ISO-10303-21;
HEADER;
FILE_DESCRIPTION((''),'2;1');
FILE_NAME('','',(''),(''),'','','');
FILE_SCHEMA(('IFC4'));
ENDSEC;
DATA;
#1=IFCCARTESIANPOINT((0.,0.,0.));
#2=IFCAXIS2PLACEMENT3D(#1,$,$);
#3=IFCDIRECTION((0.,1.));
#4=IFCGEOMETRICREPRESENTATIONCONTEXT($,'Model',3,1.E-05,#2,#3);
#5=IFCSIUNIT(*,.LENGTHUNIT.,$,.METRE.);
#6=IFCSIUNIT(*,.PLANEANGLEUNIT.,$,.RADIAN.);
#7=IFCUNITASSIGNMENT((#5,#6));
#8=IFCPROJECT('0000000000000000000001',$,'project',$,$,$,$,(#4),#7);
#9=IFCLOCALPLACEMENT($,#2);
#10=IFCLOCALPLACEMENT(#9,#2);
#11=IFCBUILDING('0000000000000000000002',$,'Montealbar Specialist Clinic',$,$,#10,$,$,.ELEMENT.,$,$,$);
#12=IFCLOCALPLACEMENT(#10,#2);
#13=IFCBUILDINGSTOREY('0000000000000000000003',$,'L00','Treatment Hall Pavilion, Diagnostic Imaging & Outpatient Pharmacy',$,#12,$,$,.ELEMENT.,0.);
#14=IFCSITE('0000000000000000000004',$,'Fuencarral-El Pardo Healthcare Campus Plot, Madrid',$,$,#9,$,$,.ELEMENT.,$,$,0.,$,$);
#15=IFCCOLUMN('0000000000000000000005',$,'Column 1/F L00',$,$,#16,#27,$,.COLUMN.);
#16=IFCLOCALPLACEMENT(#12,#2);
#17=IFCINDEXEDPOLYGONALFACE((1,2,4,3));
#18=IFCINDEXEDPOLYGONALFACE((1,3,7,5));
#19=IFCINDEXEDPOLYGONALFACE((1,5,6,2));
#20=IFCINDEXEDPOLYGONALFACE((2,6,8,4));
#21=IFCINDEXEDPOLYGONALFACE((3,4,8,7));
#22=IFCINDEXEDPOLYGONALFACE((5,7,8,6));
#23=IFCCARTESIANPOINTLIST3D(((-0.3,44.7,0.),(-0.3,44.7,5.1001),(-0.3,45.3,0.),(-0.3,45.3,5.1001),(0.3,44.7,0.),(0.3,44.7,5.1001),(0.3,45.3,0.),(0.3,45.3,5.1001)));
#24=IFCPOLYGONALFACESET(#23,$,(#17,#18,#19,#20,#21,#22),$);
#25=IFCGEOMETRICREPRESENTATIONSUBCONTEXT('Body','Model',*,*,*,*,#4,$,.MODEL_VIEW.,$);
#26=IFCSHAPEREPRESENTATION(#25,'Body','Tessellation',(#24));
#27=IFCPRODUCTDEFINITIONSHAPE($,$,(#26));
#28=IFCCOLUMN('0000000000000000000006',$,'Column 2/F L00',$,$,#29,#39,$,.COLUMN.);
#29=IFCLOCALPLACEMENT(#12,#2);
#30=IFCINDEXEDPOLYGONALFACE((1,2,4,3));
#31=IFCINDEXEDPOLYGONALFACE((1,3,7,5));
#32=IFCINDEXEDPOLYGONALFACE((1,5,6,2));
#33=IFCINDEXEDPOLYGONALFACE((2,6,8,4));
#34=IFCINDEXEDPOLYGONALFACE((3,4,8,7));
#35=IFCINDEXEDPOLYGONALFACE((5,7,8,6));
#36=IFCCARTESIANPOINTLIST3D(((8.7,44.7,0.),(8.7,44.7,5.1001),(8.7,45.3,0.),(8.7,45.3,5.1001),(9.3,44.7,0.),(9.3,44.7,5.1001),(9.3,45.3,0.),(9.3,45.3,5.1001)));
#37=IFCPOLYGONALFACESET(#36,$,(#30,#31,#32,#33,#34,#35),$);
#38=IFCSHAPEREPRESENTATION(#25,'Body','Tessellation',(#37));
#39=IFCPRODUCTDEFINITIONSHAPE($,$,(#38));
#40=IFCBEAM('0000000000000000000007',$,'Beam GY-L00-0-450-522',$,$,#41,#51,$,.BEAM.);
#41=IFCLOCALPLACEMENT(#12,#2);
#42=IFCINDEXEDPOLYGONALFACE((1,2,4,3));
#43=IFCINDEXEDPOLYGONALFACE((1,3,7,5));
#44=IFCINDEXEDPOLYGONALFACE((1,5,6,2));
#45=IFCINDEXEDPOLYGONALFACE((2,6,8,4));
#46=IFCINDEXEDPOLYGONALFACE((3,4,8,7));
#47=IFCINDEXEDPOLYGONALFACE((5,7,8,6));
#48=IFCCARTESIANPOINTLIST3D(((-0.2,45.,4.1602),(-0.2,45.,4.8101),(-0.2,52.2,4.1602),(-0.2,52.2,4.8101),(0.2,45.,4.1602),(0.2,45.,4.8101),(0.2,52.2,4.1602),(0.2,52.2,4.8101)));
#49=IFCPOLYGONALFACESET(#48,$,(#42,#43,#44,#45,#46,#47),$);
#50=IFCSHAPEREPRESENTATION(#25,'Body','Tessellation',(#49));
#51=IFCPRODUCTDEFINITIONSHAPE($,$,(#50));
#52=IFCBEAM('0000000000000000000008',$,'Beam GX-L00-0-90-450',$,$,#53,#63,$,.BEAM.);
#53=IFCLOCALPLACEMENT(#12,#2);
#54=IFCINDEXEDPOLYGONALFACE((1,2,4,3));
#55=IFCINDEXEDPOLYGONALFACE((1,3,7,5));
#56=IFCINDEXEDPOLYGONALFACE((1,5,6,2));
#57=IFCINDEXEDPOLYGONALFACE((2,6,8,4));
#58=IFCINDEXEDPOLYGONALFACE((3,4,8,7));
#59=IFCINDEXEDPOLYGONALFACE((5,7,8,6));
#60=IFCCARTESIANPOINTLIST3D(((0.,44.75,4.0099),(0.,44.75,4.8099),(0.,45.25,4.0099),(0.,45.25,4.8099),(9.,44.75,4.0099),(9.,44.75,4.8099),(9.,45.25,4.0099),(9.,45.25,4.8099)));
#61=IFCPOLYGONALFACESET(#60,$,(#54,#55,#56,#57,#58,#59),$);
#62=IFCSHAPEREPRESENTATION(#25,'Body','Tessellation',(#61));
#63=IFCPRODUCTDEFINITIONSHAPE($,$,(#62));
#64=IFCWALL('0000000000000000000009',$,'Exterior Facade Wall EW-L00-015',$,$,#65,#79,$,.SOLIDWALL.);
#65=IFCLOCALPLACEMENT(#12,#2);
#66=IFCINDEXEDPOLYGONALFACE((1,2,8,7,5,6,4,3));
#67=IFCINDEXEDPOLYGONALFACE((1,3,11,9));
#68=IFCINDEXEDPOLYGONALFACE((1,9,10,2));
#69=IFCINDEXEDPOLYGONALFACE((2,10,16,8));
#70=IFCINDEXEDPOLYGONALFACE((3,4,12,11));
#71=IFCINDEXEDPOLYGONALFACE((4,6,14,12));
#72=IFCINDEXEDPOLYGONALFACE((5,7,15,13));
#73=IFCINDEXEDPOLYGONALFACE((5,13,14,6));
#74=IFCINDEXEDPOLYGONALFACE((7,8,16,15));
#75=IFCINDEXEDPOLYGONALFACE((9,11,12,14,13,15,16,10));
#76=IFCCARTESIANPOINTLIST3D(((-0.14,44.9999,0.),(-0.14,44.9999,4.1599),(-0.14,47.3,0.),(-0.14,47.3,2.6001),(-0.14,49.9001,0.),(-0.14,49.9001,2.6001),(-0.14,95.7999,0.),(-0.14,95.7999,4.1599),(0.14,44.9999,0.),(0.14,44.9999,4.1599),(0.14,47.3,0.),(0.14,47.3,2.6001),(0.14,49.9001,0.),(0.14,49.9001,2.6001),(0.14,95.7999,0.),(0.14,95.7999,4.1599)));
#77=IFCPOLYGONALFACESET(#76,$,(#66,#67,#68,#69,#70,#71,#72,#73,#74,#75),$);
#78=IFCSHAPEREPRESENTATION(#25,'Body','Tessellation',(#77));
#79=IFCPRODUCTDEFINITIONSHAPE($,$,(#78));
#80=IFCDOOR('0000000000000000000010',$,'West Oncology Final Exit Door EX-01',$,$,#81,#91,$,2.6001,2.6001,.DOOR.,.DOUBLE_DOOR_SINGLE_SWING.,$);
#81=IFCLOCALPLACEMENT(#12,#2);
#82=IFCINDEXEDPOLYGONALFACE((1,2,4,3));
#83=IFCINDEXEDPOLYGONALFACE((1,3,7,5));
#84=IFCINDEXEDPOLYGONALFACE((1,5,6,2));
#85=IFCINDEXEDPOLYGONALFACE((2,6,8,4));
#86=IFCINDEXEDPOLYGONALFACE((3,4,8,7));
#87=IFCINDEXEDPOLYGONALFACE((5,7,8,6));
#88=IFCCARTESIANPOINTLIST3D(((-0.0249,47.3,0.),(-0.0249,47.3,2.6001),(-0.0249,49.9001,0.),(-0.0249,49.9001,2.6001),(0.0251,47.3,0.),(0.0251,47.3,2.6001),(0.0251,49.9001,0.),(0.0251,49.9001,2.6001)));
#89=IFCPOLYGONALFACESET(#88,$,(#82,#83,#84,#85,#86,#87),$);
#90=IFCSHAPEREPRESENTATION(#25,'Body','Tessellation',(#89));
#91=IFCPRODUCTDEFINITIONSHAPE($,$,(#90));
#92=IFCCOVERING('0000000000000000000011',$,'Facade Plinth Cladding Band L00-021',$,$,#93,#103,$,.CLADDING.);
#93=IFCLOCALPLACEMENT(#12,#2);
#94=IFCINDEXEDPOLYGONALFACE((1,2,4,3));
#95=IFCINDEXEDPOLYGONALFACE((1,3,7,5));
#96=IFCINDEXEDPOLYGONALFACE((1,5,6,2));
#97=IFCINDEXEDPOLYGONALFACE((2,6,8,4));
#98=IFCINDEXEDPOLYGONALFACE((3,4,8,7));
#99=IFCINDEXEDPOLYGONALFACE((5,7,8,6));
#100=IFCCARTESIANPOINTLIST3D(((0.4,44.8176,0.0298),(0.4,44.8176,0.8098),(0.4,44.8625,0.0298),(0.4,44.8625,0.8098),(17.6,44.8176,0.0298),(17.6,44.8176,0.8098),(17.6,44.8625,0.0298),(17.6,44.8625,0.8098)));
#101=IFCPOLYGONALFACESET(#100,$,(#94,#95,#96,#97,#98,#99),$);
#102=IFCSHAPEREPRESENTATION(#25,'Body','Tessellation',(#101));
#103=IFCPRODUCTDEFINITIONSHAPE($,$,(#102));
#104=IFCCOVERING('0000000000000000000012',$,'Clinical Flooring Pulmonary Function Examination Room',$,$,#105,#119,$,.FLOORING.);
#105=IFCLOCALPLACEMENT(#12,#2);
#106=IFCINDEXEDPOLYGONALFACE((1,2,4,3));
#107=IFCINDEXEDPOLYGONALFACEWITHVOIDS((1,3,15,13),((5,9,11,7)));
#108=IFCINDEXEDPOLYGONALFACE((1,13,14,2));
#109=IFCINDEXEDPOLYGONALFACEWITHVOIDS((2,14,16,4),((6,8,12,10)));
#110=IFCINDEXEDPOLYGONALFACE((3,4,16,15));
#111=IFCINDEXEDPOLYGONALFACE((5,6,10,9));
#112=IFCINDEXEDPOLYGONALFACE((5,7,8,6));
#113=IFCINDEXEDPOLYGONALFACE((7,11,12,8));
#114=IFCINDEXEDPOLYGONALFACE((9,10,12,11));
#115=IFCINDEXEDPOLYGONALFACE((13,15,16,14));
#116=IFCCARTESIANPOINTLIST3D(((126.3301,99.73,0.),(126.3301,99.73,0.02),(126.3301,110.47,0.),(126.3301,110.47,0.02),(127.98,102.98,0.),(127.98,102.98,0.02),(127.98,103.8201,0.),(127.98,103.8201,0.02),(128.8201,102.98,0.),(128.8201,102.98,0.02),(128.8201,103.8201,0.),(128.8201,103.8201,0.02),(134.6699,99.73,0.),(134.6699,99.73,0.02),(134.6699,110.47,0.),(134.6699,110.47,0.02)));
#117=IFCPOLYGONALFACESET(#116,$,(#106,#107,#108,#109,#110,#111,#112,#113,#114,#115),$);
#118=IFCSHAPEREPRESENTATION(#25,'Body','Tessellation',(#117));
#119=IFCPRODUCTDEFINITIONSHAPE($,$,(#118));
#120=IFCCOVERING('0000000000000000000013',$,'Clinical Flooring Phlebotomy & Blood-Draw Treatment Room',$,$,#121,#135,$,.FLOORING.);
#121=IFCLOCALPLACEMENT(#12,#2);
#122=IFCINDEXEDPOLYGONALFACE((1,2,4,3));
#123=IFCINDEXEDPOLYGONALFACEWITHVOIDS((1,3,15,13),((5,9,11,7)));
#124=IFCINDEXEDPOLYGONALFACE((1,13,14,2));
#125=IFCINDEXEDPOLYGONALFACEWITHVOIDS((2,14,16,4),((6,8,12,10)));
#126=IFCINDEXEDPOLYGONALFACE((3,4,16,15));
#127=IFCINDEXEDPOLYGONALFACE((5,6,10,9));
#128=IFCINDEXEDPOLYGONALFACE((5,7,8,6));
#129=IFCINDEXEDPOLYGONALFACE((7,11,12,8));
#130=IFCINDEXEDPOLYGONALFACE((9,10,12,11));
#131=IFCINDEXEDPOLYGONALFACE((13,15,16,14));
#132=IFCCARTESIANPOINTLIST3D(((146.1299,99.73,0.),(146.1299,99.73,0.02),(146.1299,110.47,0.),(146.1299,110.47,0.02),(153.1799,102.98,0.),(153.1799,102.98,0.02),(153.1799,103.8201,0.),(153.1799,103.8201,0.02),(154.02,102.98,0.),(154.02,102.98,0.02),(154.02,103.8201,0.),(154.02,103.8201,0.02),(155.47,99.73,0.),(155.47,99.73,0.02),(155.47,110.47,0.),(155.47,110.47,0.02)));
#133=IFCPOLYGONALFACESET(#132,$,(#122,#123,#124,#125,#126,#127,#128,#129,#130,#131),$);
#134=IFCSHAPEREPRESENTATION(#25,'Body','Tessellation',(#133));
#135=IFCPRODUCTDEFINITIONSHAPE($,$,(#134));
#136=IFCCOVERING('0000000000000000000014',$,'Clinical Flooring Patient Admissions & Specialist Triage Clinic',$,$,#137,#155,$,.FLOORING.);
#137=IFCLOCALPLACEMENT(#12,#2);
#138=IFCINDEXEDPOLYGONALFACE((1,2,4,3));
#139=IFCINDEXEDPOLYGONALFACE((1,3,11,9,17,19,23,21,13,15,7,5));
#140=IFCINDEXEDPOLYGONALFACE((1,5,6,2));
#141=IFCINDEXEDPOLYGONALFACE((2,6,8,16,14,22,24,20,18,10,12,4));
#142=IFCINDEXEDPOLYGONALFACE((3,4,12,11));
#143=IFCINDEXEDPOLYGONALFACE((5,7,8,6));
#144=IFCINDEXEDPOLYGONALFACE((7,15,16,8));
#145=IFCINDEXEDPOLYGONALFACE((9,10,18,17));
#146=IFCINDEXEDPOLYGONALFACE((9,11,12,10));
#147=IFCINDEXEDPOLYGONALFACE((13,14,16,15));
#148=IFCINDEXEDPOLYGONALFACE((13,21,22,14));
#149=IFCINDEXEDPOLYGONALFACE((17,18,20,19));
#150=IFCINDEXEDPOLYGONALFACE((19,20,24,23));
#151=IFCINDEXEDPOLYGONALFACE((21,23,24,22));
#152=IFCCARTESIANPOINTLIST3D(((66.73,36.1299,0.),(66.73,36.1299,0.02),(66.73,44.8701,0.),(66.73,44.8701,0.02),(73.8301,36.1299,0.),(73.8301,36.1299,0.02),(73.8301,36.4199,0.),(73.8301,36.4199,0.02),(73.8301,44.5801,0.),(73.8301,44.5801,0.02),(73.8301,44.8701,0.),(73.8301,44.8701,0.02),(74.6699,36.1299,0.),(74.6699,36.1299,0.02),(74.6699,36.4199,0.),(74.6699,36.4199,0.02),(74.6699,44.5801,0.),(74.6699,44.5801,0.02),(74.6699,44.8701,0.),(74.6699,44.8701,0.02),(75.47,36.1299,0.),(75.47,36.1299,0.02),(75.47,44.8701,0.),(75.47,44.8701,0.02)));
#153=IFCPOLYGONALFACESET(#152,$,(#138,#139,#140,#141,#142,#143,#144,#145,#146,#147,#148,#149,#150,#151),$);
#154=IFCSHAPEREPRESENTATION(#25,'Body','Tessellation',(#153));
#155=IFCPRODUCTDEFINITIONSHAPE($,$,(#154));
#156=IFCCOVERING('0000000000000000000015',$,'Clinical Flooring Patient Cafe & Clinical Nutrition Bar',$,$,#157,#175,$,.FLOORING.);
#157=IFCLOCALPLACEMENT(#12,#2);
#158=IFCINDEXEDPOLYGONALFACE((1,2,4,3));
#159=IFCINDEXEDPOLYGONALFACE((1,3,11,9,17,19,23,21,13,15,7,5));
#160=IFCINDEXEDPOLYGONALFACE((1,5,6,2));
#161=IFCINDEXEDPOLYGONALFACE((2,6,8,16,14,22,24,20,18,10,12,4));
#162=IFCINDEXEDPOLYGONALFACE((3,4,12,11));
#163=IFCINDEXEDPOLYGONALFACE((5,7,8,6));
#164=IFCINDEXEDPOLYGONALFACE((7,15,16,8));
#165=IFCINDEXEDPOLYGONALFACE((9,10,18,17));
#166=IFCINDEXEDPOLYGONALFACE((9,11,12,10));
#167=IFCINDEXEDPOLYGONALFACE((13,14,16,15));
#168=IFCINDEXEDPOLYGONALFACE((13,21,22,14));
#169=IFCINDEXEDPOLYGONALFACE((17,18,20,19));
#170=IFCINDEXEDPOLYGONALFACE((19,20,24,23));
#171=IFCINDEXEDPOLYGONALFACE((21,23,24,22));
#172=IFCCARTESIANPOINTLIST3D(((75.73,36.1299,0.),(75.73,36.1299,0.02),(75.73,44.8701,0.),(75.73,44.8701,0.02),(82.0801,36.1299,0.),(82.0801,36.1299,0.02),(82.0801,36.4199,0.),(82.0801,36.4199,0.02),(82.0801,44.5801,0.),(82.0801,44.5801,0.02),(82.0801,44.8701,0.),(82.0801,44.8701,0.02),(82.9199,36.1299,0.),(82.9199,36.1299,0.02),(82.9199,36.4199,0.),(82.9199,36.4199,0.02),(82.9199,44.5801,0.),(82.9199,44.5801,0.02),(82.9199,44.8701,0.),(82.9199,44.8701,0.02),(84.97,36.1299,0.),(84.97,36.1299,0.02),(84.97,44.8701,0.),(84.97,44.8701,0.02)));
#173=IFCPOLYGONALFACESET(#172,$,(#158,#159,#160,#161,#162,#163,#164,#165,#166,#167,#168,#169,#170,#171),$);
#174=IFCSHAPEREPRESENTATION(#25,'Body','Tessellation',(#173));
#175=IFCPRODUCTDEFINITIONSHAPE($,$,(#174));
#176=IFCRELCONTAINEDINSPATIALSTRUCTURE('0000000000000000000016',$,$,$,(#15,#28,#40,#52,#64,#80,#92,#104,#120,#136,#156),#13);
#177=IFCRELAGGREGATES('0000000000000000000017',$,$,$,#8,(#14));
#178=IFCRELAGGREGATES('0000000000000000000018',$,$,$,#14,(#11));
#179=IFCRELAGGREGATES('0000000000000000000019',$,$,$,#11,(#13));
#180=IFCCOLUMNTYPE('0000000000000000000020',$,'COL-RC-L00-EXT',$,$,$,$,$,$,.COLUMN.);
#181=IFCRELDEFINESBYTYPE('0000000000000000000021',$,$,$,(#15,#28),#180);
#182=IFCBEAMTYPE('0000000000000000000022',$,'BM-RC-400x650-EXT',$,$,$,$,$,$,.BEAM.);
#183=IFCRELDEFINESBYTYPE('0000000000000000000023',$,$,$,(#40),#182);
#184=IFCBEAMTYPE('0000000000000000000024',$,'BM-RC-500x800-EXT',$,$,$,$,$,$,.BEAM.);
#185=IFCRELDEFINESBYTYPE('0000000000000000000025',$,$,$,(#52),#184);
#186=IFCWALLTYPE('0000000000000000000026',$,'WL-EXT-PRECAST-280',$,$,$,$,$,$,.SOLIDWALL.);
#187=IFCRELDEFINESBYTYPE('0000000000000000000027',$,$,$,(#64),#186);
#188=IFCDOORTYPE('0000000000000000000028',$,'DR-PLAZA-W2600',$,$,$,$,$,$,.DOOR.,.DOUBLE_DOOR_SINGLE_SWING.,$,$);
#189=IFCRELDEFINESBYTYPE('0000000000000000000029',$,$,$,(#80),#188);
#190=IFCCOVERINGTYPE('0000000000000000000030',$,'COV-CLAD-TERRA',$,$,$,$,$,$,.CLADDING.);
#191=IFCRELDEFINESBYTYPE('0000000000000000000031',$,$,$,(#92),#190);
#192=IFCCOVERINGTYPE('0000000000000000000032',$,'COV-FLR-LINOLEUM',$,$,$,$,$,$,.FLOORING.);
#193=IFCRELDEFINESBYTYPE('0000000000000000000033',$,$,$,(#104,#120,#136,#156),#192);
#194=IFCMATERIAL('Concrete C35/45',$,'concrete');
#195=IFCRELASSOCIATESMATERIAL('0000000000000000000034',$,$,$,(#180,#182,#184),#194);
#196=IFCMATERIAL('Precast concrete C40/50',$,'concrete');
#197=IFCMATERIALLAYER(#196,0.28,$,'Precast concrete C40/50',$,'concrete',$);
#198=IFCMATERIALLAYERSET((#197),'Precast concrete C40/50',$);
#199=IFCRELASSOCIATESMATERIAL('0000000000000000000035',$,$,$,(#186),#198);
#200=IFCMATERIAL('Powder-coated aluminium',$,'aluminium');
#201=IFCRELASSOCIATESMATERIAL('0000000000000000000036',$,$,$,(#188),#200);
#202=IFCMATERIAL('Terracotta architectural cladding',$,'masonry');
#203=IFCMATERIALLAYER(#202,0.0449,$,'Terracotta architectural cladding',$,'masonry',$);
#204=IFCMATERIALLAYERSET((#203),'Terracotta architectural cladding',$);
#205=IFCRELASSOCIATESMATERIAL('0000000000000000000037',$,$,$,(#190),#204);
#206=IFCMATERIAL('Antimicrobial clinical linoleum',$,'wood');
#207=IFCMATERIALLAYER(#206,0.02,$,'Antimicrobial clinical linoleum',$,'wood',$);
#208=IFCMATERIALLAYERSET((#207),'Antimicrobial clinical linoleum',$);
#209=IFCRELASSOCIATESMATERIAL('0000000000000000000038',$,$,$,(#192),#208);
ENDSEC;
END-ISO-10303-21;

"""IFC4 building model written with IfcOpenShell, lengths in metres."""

from ifc_helpers import new_model, si_unit, direction, frame, frame_2d, origin, origin_2d, place, context, subcontext, project, spatial, polyline, rectangle, outline, extrude, material, layer, layer_set, material_profile, profile_set, type_object, element, fill, save


model = new_model("IFC4")

# Units and contexts
model_context = context("Model", 3, precision=1e-05, world=origin(), true_north=direction((0.0, 1.0)))
body_context = subcontext(model_context, "Body", "Model", "MODEL_VIEW")
ifc_project = project(units=[si_unit("LENGTHUNIT", "METRE"), si_unit("PLANEANGLEUNIT", "RADIAN")], contexts=[model_context])

# Site, building, storey
site_placement = place(None, origin())
site = spatial("IfcSite", under=ifc_project, at=site_placement, Name="Fuencarral-El Pardo Healthcare Campus Plot, Madrid", CompositionType="ELEMENT", RefElevation=0.0)
building_placement = place(site_placement, origin())
building = spatial("IfcBuilding", under=site, at=building_placement, Name="Montealbar Specialist Clinic", CompositionType="ELEMENT")
storey_placement = place(building_placement, origin())
storey = spatial("IfcBuildingStorey", under=building, at=storey_placement, Name="L00", Description="Treatment Hall Pavilion, Diagnostic Imaging & Outpatient Pharmacy", CompositionType="ELEMENT", Elevation=0.0)

# Columns
ifc_material_1 = material(Name="Concrete C35/45", Category="concrete")
ifc_material_profile_1 = material_profile(ifc_material_1, rectangle(XDim=0.6001, YDim=0.6001, at=origin_2d()), Name="RC 600x600", Category="concrete")
ifc_profile_set_1 = profile_set([ifc_material_profile_1], Name="Concrete C35/45")
column_type = type_object("IfcColumnType", Name="COL-RC-L00-EXT", PredefinedType="COLUMN", material=ifc_profile_set_1)
for number, where, z_axis, x_axis, name in (
    (1, (0.0, 45.0, 0.0), (0.0, 0.0, 1.0), (1.0, 0.0, 0.0), "Column 1/F L00"),
    (2, (9.0, 45.0, 0.0), (0.0, 0.0, 1.0), (1.0, 0.0, 0.0), "Column 2/F L00"),
):
    element("IfcColumn", number, at=place(storey_placement, frame(where, z_axis=z_axis, x_axis=x_axis)), inside=storey, type_object=column_type, Name=name, PredefinedType="COLUMN", context=body_context, shape_type="SweptSolid", body=[
        extrude(rectangle(XDim=0.6001, YDim=0.6001, at=origin_2d()), origin(), (0.0, 0.0, 1.0), 5.1001),
    ])

# Beams
ifc_material_profile_2 = material_profile(ifc_material_1, rectangle(XDim=0.3999, YDim=0.6499, at=origin_2d()), Name="RC 400x650", Category="concrete")
ifc_profile_set_2 = profile_set([ifc_material_profile_2], Name="Concrete C35/45")
beam_type_1 = type_object("IfcBeamType", Name="BM-RC-400x650-EXT", PredefinedType="BEAM", material=ifc_profile_set_2)
beam_1_placement = place(storey_placement, frame((0.0, 45.0, 4.4851), z_axis=(0.0, 1.0, 0.0), x_axis=(-1.0, 0.0, 0.0)))
element("IfcBeam", 3, at=beam_1_placement, inside=storey, type_object=beam_type_1, Name="Beam GY-L00-0-450-522", PredefinedType="BEAM", context=body_context, shape_type="SweptSolid", body=[
    extrude(rectangle(XDim=0.3999, YDim=0.6499, at=origin_2d()), origin(), (0.0, 0.0, 1.0), 7.2),
])
ifc_material_profile_3 = material_profile(ifc_material_1, rectangle(XDim=0.5, YDim=0.8, at=origin_2d()), Name="RC 500x800", Category="concrete")
ifc_profile_set_3 = profile_set([ifc_material_profile_3], Name="Concrete C35/45")
beam_type_2 = type_object("IfcBeamType", Name="BM-RC-500x800-EXT", PredefinedType="BEAM", material=ifc_profile_set_3)
beam_2_placement = place(storey_placement, frame((0.0, 45.0, 4.4099), z_axis=(1.0, 0.0, 0.0), x_axis=(0.0, 1.0, 0.0)))
element("IfcBeam", 4, at=beam_2_placement, inside=storey, type_object=beam_type_2, Name="Beam GX-L00-0-90-450", PredefinedType="BEAM", context=body_context, shape_type="SweptSolid", body=[
    extrude(rectangle(XDim=0.5, YDim=0.8, at=origin_2d()), origin(), (0.0, 0.0, 1.0), 9.0),
])

# Wall, opening, door
ifc_material_2 = material(Name="Precast concrete C40/50", Category="concrete")
ifc_layer_1 = layer(ifc_material_2, 0.28, Name="Precast concrete C40/50", Category="concrete")
ifc_layer_set_1 = layer_set([ifc_layer_1], Name="Precast concrete C40/50")
wall_type = type_object("IfcWallType", Name="WL-EXT-PRECAST-280", PredefinedType="SOLIDWALL", material=ifc_layer_set_1)
wall_placement = place(storey_placement, frame((0.0, 45.0, 0.0), z_axis=(0.0, 0.0, 1.0), x_axis=(0.0, 1.0, 0.0)))
wall = element("IfcWall", 5, at=wall_placement, inside=storey, type_object=wall_type, Name="Exterior Facade Wall EW-L00-015", PredefinedType="SOLIDWALL", context=body_context, shape_type="SweptSolid", body=[
    extrude(rectangle(XDim=50.8, YDim=0.28, at=frame_2d((25.3999, 0.0))), origin(), (0.0, 0.0, 1.0), 4.1599),
])
opening_placement = place(wall_placement, frame((2.3, 0.0, 0.0)))
opening = element("IfcOpeningElement", 6, at=opening_placement, cuts=wall, PredefinedType="OPENING", context=body_context, shape_type="SweptSolid", body=[
    extrude(rectangle(XDim=2.6001, YDim=2.6001, at=frame_2d((1.3, 1.3))), frame((0.0, 0.1499, 0.0), z_axis=(0.0, -1.0, 0.0), x_axis=(1.0, 0.0, 0.0)), (0.0, 0.0, 1.0), 0.3),
])
ifc_material_3 = material(Name="Powder-coated aluminium", Category="aluminium")
door_type = type_object("IfcDoorType", Name="DR-PLAZA-W2600", OperationType="DOUBLE_DOOR_SINGLE_SWING", PredefinedType="DOOR", material=ifc_material_3)
door_placement = place(opening_placement, origin())
door = element("IfcDoor", 7, at=door_placement, inside=storey, type_object=door_type, Name="West Oncology Final Exit Door EX-01", OperationType="DOUBLE_DOOR_SINGLE_SWING", OverallHeight=2.6001, OverallWidth=2.6001, PredefinedType="DOOR", context=body_context, shape_type="SweptSolid", body=[
    extrude(rectangle(XDim=2.6001, YDim=2.6001, at=frame_2d((1.3, 1.3))), frame((0.0, 0.0249, 0.0), z_axis=(0.0, -1.0, 0.0), x_axis=(1.0, 0.0, 0.0)), (0.0, 0.0, 1.0), 0.05),
])
fill(opening, door)

# Coverings
ifc_material_4 = material(Name="Terracotta architectural cladding", Category="masonry")
ifc_layer_2 = layer(ifc_material_4, 0.0449, Name="Terracotta architectural cladding", Category="masonry")
ifc_layer_set_2 = layer_set([ifc_layer_2], Name="Terracotta architectural cladding")
covering_type_1 = type_object("IfcCoveringType", Name="COV-CLAD-TERRA", PredefinedType="CLADDING", material=ifc_layer_set_2)
covering_1_placement = place(storey_placement, frame((9.0, 44.8401, 0.0298), z_axis=(0.0, 0.0, 1.0), x_axis=(-1.0, 0.0, 0.0)))
element("IfcCovering", 8, at=covering_1_placement, inside=storey, type_object=covering_type_1, Name="Facade Plinth Cladding Band L00-021", PredefinedType="CLADDING", context=body_context, shape_type="SweptSolid", body=[
    extrude(rectangle(XDim=17.2, YDim=0.0449, at=origin_2d()), origin(), (0.0, 0.0, 1.0), 0.78),
])
ifc_material_5 = material(Name="Antimicrobial clinical linoleum", Category="wood")
ifc_layer_3 = layer(ifc_material_5, 0.02, Name="Antimicrobial clinical linoleum", Category="wood")
ifc_layer_set_3 = layer_set([ifc_layer_3], Name="Antimicrobial clinical linoleum")
covering_type_2 = type_object("IfcCoveringType", Name="COV-FLR-LINOLEUM", PredefinedType="FLOORING", material=ifc_layer_set_3)
covering_2_placement = place(storey_placement, origin())
element("IfcCovering", 9, at=covering_2_placement, inside=storey, type_object=covering_type_2, Name="Clinical Flooring Pulmonary Function Examination Room", PredefinedType="FLOORING", context=body_context, shape_type="SweptSolid", body=[
    extrude(outline(polyline([(126.3301, 110.47), (134.6699, 110.47), (134.6699, 99.73), (126.3301, 99.73), (126.3301, 110.47)]), holes=[polyline([(127.98, 103.8201), (127.98, 102.98), (128.8201, 102.98), (128.8201, 103.8201), (127.98, 103.8201)])]), origin(), (0.0, 0.0, 1.0), 0.02),
])
covering_3_placement = place(storey_placement, origin())
element("IfcCovering", 10, at=covering_3_placement, inside=storey, type_object=covering_type_2, Name="Clinical Flooring Phlebotomy & Blood-Draw Treatment Room", PredefinedType="FLOORING", context=body_context, shape_type="SweptSolid", body=[
    extrude(outline(polyline([(146.1299, 110.47), (155.47, 110.47), (155.47, 99.73), (146.1299, 99.73), (146.1299, 110.47)]), holes=[polyline([(154.02, 103.8201), (153.1799, 103.8201), (153.1799, 102.98), (154.02, 102.98), (154.02, 103.8201)])]), origin(), (0.0, 0.0, 1.0), 0.02),
])
covering_4_placement = place(storey_placement, origin())
element("IfcCovering", 11, at=covering_4_placement, inside=storey, type_object=covering_type_2, Name="Clinical Flooring Patient Admissions & Specialist Triage Clinic", PredefinedType="FLOORING", context=body_context, shape_type="SweptSolid", body=[
    extrude(outline(polyline([(66.73, 44.8701), (73.8301, 44.8701), (73.8301, 44.5801), (74.6699, 44.5801), (74.6699, 44.8701), (75.47, 44.8701), (75.47, 36.1299), (74.6699, 36.1299), (74.6699, 36.4199), (73.8301, 36.4199), (73.8301, 36.1299), (66.73, 36.1299), (66.73, 44.8701)])), origin(), (0.0, 0.0, 1.0), 0.02),
])
covering_5_placement = place(storey_placement, origin())
element("IfcCovering", 12, at=covering_5_placement, inside=storey, type_object=covering_type_2, Name="Clinical Flooring Patient Cafe & Clinical Nutrition Bar", PredefinedType="FLOORING", context=body_context, shape_type="SweptSolid", body=[
    extrude(outline(polyline([(75.73, 44.8701), (82.0801, 44.8701), (82.0801, 44.5801), (82.9199, 44.5801), (82.9199, 44.8701), (84.97, 44.8701), (84.97, 36.1299), (82.9199, 36.1299), (82.9199, 36.4199), (82.0801, 36.4199), (82.0801, 36.1299), (75.73, 36.1299), (75.73, 44.8701)])), origin(), (0.0, 0.0, 1.0), 0.02),
])

save(model, "model.ifc")
